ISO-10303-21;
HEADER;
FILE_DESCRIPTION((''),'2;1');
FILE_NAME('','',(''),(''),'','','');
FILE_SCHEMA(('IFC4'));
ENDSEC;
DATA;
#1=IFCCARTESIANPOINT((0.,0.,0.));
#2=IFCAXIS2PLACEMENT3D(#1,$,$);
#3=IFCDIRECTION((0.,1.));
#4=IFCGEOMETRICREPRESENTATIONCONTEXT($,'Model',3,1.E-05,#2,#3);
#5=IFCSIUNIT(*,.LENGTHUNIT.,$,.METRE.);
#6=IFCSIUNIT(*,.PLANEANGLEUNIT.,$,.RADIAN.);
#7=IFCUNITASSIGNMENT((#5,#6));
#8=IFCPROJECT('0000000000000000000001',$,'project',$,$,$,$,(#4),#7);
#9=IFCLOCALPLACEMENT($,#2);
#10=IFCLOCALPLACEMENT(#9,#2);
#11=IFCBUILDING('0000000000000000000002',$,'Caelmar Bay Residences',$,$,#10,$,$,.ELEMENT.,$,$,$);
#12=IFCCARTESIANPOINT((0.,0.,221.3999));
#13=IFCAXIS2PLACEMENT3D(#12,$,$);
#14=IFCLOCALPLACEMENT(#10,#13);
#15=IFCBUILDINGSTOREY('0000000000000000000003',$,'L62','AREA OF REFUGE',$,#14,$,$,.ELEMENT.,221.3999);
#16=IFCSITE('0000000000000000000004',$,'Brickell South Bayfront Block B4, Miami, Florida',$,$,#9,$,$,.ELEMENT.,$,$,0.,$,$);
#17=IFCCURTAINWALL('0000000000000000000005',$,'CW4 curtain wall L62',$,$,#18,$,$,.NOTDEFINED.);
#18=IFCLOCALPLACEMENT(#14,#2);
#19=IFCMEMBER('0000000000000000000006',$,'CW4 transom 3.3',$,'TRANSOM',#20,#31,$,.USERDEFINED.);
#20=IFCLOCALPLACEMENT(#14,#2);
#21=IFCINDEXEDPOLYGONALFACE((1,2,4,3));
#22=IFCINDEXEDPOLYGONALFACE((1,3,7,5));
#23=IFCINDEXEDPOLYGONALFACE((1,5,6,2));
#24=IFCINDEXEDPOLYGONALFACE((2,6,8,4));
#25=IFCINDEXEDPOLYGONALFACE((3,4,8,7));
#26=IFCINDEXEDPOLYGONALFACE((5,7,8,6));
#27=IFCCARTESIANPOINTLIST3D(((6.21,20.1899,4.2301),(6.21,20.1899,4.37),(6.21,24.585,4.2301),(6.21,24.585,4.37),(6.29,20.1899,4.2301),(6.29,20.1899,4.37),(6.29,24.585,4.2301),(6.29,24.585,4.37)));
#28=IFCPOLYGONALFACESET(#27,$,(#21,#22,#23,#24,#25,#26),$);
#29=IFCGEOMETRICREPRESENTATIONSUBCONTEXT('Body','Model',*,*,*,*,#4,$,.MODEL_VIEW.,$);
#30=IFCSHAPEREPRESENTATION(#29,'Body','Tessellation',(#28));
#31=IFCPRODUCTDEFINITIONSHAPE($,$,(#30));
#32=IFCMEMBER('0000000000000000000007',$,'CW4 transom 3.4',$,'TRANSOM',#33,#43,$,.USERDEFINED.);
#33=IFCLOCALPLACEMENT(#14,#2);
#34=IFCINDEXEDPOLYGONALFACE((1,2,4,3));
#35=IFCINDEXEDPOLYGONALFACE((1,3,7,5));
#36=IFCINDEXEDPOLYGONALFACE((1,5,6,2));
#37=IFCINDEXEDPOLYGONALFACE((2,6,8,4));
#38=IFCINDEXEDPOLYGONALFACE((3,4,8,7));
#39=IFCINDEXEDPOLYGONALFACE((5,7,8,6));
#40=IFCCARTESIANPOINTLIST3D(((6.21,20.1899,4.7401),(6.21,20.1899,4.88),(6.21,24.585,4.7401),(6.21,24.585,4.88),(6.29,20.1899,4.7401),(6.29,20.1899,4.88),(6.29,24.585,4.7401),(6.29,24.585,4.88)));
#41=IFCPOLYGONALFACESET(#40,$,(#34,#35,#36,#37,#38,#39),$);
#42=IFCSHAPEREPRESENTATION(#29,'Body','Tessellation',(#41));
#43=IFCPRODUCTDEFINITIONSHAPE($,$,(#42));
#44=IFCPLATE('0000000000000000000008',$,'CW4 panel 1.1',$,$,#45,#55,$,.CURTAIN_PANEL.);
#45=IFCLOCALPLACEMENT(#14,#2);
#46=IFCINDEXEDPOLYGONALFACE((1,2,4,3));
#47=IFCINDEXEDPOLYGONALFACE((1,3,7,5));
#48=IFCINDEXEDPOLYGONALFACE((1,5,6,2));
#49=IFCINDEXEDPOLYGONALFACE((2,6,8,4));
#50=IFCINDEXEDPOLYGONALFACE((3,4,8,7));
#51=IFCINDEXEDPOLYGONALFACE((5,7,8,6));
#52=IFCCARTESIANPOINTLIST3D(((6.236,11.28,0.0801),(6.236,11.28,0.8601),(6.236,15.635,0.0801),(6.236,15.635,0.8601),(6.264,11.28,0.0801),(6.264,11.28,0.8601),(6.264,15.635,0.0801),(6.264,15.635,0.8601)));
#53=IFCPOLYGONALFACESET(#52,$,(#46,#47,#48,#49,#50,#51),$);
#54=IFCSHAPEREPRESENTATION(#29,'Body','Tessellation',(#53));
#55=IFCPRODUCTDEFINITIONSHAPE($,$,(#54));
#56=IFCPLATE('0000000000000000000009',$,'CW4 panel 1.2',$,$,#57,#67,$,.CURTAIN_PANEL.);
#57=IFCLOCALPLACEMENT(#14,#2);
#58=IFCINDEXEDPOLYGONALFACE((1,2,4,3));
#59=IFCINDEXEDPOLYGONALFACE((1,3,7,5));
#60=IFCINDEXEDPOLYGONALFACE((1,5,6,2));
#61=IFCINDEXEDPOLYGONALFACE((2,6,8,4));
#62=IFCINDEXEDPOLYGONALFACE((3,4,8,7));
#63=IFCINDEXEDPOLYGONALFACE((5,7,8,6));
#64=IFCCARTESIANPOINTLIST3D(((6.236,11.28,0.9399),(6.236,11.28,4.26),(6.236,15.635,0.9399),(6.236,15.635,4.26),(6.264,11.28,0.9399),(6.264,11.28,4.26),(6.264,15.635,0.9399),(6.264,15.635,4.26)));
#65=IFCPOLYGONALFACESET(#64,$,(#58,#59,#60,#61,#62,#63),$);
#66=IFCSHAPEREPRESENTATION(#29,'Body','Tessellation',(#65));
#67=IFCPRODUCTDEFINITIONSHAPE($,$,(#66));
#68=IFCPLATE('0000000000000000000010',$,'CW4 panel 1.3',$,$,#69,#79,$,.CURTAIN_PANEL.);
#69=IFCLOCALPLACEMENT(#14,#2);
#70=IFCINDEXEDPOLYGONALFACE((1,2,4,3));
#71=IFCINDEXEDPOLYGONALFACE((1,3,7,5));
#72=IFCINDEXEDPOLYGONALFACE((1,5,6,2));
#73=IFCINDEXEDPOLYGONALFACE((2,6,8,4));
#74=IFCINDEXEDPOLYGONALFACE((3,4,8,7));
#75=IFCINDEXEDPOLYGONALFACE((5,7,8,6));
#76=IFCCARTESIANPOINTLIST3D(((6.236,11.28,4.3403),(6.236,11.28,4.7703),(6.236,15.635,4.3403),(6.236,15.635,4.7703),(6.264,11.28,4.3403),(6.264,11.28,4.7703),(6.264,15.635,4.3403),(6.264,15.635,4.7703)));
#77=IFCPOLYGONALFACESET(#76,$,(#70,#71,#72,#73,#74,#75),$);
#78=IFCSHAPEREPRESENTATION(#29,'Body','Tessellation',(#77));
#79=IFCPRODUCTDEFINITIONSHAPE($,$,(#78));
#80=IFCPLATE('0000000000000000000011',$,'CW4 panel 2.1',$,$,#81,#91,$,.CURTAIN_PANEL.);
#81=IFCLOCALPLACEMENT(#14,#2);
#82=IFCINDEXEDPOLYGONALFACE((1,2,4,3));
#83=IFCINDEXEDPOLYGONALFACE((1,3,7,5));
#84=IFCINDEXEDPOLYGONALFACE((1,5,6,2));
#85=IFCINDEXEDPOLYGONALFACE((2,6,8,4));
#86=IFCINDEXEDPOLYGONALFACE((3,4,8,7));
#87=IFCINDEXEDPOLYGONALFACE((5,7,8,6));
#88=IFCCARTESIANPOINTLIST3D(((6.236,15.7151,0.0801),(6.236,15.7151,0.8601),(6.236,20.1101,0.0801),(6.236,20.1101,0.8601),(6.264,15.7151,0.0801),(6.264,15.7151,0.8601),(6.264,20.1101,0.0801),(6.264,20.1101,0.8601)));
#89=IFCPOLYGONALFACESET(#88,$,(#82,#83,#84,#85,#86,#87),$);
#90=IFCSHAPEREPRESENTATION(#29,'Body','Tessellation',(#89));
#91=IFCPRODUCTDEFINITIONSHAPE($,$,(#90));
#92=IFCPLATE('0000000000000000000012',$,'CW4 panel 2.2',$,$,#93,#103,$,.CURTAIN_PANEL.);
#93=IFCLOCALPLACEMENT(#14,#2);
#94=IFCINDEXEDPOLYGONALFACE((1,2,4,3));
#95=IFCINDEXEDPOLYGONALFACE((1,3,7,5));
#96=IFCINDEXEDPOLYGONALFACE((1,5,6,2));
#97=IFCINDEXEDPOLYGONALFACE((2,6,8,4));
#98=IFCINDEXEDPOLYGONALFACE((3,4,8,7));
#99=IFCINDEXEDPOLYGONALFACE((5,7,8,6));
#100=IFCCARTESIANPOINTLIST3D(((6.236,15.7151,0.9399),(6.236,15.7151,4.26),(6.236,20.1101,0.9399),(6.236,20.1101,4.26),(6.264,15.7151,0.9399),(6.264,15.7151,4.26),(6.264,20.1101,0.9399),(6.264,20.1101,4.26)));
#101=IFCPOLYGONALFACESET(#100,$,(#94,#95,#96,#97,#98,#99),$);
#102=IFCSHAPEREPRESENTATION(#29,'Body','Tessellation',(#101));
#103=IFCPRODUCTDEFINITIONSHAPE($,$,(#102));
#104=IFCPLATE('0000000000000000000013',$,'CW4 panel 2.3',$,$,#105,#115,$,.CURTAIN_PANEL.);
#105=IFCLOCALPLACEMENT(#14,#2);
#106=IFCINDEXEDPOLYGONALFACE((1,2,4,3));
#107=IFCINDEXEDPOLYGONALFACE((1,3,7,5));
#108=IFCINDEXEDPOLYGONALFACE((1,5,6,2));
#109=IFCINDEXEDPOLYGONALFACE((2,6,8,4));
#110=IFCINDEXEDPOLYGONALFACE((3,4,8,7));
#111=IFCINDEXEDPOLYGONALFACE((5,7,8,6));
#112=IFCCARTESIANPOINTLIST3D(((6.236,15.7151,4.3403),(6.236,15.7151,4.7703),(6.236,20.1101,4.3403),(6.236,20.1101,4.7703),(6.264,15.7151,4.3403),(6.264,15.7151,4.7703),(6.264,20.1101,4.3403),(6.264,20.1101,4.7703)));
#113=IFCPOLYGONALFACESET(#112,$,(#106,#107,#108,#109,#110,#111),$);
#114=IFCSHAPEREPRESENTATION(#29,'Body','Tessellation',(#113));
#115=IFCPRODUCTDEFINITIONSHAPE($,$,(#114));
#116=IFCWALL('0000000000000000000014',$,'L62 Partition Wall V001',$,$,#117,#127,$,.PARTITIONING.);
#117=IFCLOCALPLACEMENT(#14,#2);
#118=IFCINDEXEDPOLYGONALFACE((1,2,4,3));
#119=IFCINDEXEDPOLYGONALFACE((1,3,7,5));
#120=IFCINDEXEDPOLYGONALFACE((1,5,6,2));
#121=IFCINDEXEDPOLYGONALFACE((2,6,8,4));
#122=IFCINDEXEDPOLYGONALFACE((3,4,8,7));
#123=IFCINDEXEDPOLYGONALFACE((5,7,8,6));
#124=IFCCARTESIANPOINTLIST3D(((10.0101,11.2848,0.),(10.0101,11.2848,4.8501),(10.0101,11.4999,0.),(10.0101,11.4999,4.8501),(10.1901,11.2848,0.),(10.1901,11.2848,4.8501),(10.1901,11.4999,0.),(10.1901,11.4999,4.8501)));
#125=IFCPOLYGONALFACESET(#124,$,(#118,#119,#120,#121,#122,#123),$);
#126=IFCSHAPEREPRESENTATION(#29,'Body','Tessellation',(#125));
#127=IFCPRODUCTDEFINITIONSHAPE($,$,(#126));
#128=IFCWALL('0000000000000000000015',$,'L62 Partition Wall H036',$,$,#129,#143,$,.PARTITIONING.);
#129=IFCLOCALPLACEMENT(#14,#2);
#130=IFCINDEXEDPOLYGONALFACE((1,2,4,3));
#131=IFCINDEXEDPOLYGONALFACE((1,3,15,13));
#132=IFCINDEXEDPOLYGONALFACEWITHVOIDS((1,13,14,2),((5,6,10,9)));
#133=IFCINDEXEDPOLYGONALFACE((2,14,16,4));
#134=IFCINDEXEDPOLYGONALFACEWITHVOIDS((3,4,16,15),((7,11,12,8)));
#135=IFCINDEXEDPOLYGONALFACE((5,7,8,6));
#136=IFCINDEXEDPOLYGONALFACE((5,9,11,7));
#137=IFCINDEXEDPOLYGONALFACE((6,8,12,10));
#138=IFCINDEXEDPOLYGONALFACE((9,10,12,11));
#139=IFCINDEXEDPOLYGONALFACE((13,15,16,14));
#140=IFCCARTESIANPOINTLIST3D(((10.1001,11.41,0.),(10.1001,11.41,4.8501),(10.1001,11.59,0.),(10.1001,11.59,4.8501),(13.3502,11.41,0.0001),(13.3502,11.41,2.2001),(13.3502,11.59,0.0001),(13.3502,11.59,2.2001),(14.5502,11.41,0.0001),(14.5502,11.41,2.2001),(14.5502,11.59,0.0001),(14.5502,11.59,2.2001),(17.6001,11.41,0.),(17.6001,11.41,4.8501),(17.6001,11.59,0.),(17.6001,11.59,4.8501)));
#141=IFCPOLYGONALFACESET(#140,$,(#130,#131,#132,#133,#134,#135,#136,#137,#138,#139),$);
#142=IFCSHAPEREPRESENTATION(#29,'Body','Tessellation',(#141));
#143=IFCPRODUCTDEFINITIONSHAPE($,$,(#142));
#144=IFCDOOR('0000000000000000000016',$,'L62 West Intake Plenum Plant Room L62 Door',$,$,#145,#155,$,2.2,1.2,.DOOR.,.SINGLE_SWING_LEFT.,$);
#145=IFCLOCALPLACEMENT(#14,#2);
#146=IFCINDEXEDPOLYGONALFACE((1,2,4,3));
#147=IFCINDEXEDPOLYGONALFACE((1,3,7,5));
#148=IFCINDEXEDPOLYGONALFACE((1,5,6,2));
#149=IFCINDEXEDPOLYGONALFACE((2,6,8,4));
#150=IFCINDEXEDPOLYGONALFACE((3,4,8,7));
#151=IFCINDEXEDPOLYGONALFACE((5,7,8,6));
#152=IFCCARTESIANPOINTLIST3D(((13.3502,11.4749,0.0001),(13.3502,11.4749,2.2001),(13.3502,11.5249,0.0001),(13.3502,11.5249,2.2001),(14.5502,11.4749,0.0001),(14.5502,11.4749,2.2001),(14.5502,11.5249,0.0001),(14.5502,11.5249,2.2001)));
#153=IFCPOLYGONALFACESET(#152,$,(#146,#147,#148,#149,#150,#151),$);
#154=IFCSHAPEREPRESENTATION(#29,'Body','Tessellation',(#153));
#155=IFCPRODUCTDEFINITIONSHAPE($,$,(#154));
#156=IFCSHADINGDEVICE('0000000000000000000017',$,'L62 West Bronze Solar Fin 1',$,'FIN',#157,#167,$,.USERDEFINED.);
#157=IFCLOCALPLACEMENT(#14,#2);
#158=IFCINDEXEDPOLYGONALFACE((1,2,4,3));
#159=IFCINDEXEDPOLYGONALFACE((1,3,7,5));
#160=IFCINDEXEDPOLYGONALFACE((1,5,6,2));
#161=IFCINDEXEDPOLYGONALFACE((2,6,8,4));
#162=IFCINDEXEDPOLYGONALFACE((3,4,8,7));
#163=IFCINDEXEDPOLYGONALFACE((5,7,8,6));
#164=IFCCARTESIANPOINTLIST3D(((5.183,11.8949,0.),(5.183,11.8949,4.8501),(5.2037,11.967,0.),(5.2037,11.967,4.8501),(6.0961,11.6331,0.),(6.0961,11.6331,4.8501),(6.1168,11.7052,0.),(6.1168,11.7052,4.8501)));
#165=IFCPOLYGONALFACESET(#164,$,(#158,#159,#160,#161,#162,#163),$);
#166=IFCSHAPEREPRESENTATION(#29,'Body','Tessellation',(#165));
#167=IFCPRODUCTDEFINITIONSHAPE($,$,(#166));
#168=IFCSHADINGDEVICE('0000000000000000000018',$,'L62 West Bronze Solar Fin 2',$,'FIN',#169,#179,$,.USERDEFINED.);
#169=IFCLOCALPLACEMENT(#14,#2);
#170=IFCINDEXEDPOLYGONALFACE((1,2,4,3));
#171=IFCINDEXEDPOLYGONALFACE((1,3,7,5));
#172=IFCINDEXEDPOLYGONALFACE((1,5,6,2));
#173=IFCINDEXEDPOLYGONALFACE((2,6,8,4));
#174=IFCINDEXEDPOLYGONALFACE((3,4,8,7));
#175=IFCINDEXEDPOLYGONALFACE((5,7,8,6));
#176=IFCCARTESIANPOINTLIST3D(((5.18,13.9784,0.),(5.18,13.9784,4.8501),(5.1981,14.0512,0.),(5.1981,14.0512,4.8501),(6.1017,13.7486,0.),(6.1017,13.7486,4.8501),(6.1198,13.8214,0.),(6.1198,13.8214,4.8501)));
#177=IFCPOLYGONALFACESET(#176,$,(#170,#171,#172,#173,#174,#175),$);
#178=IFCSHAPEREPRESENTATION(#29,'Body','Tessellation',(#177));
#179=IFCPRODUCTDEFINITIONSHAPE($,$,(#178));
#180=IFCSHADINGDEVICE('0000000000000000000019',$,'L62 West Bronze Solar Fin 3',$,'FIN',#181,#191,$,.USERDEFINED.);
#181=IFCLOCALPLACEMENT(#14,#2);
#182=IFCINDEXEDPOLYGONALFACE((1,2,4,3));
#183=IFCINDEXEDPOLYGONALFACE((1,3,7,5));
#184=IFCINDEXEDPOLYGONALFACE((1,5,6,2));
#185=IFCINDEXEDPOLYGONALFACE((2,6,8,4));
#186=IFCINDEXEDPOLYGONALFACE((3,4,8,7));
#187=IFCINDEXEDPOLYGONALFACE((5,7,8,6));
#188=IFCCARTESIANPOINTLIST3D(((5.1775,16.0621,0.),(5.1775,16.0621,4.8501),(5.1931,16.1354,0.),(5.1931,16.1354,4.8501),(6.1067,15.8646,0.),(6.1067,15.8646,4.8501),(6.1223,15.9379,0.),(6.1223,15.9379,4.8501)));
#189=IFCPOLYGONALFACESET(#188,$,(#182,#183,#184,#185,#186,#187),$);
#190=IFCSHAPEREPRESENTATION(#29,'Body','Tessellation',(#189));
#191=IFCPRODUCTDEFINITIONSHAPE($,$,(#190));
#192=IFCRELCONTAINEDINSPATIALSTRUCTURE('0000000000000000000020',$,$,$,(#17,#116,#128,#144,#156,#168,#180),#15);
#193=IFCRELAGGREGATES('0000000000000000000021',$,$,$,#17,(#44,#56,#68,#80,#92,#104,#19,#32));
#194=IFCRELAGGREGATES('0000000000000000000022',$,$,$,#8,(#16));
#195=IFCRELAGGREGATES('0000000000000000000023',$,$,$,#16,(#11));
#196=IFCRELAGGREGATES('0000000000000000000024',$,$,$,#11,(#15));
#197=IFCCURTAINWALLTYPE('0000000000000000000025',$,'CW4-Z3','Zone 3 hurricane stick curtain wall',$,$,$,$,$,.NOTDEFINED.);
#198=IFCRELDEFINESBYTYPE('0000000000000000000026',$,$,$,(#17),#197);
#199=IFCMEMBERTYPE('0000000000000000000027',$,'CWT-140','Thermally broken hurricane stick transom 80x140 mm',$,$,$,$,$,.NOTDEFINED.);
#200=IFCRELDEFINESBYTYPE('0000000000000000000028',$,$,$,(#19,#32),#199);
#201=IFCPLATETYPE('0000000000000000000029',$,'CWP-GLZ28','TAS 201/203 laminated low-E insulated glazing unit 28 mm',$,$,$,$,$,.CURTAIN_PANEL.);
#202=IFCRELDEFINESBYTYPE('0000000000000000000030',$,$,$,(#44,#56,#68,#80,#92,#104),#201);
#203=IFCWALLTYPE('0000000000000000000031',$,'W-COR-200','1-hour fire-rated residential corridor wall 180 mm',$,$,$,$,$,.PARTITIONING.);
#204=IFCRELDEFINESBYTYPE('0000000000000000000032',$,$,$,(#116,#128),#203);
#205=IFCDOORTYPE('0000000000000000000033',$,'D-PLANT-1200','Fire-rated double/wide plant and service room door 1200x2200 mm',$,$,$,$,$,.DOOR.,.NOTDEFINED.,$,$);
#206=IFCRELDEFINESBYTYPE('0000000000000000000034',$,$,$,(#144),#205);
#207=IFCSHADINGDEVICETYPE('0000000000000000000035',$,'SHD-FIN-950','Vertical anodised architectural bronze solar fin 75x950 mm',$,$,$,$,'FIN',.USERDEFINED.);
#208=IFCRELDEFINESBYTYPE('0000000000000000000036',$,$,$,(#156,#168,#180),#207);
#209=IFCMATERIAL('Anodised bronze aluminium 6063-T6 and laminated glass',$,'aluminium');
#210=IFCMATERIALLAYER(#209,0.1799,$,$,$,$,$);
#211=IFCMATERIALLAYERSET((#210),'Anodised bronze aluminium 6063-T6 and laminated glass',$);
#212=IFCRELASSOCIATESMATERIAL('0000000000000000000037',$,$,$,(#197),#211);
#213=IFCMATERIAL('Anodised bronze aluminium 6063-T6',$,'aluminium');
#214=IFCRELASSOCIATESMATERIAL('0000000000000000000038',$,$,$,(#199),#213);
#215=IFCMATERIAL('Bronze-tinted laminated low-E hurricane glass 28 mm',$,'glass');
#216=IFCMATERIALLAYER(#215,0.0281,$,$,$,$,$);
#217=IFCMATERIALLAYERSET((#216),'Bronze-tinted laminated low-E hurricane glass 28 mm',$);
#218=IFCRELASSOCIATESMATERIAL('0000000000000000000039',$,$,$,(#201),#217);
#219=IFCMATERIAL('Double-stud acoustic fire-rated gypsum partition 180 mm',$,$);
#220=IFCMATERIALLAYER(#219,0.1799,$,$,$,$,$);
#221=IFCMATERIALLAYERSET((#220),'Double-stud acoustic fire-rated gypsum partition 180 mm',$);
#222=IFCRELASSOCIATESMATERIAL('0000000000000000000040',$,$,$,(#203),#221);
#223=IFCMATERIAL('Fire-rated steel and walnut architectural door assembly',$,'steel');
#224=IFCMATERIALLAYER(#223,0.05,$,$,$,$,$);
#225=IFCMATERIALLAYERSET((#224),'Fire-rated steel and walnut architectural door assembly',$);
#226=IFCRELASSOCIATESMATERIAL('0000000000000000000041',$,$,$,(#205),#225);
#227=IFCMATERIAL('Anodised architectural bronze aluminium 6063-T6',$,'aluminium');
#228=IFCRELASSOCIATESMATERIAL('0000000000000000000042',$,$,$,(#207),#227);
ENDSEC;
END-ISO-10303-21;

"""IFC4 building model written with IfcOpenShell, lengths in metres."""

from ifc_helpers import new_model, si_unit, direction, frame, frame_2d, origin, origin_2d, place, context, subcontext, project, spatial, rectangle, extrude, material, layer, layer_set, material_profile, profile_set, type_object, element, fill, aggregate, save


model = new_model("IFC4")

# Units and contexts
model_context = context("Model", 3, precision=1e-05, world=origin(), true_north=direction((0.0, 1.0)))
body_context = subcontext(model_context, "Body", "Model", "MODEL_VIEW")
ifc_project = project(units=[si_unit("LENGTHUNIT", "METRE"), si_unit("PLANEANGLEUNIT", "RADIAN")], contexts=[model_context])

# Site, building, storey
site_placement = place(None, origin())
site = spatial("IfcSite", under=ifc_project, at=site_placement, Name="Brickell South Bayfront Block B4, Miami, Florida", CompositionType="ELEMENT", RefElevation=0.0)
building_placement = place(site_placement, origin())
building = spatial("IfcBuilding", under=site, at=building_placement, Name="Caelmar Bay Residences", CompositionType="ELEMENT")
storey_placement = place(building_placement, frame((0.0, 0.0, 221.3999)))
storey = spatial("IfcBuildingStorey", under=building, at=storey_placement, Name="L62", Description="AREA OF REFUGE", CompositionType="ELEMENT", Elevation=221.3999)

# Curtain wall, members, plates
ifc_material_1 = material(Name="Anodised bronze aluminium 6063-T6 and laminated glass", Category="aluminium")
ifc_layer_1 = layer(ifc_material_1, 0.1799)
ifc_layer_set_1 = layer_set([ifc_layer_1], Name="Anodised bronze aluminium 6063-T6 and laminated glass")
curtain_wall_type = type_object("IfcCurtainWallType", Name="CW4-Z3", Description="Zone 3 hurricane stick curtain wall", PredefinedType="NOTDEFINED", material=ifc_layer_set_1)
curtain_wall_placement = place(storey_placement, origin())
curtain_wall = element("IfcCurtainWall", 1, at=curtain_wall_placement, inside=storey, type_object=curtain_wall_type, Name="CW4 curtain wall L62", PredefinedType="NOTDEFINED")
ifc_material_2 = material(Name="Anodised bronze aluminium 6063-T6", Category="aluminium")
ifc_material_profile_1 = material_profile(ifc_material_2, rectangle(XDim=0.0801, YDim=0.1399, at=origin_2d()), Name="CWT-80X140")
ifc_profile_set_1 = profile_set([ifc_material_profile_1], Name="Anodised bronze aluminium 6063-T6")
member_type_1 = type_object("IfcMemberType", Name="CWT-140", Description="Thermally broken hurricane stick transom 80x140 mm", PredefinedType="NOTDEFINED", material=ifc_profile_set_1)
member_1_placement = place(storey_placement, frame((6.25, 20.1899, 4.3), z_axis=(0.0, 1.0, 0.0), x_axis=(-1.0, 0.0, 0.0)))
member_1 = element("IfcMember", 2, at=member_1_placement, type_object=member_type_1, Name="CW4 transom 3.3", ObjectType="TRANSOM", PredefinedType="USERDEFINED", context=body_context, shape_type="SweptSolid", body=[
    extrude(rectangle(XDim=0.0801, YDim=0.1399, at=origin_2d()), origin(), (0.0, 0.0, 1.0), 4.395),
])
member_2_placement = place(storey_placement, frame((6.25, 20.1899, 4.8101), z_axis=(0.0, 1.0, 0.0), x_axis=(-1.0, 0.0, 0.0)))
member_2 = element("IfcMember", 3, at=member_2_placement, type_object=member_type_1, Name="CW4 transom 3.4", ObjectType="TRANSOM", PredefinedType="USERDEFINED", context=body_context, shape_type="SweptSolid", body=[
    extrude(rectangle(XDim=0.0801, YDim=0.1399, at=origin_2d()), origin(), (0.0, 0.0, 1.0), 4.395),
])
ifc_material_3 = material(Name="Bronze-tinted laminated low-E hurricane glass 28 mm", Category="glass")
ifc_layer_2 = layer(ifc_material_3, 0.0281)
ifc_layer_set_2 = layer_set([ifc_layer_2], Name="Bronze-tinted laminated low-E hurricane glass 28 mm")
plate_type = type_object("IfcPlateType", Name="CWP-GLZ28", Description="TAS 201/203 laminated low-E insulated glazing unit 28 mm", PredefinedType="CURTAIN_PANEL", material=ifc_layer_set_2)
plate_1_placement = place(storey_placement, frame((6.25, 13.4575, 0.0801), z_axis=(0.0, 0.0, 1.0), x_axis=(0.0, 1.0, 0.0)))
plate_1 = element("IfcPlate", 4, at=plate_1_placement, type_object=plate_type, Name="CW4 panel 1.1", PredefinedType="CURTAIN_PANEL", context=body_context, shape_type="SweptSolid", body=[
    extrude(rectangle(XDim=4.355, YDim=0.0281, at=origin_2d()), origin(), (0.0, 0.0, 1.0), 0.78),
])
plate_2_placement = place(storey_placement, frame((6.25, 13.4575, 0.9399), z_axis=(0.0, 0.0, 1.0), x_axis=(0.0, 1.0, 0.0)))
plate_2 = element("IfcPlate", 5, at=plate_2_placement, type_object=plate_type, Name="CW4 panel 1.2", PredefinedType="CURTAIN_PANEL", context=body_context, shape_type="SweptSolid", body=[
    extrude(rectangle(XDim=4.355, YDim=0.0281, at=origin_2d()), origin(), (0.0, 0.0, 1.0), 3.3201),
])
plate_3_placement = place(storey_placement, frame((6.25, 13.4575, 4.3403), z_axis=(0.0, 0.0, 1.0), x_axis=(0.0, 1.0, 0.0)))
plate_3 = element("IfcPlate", 6, at=plate_3_placement, type_object=plate_type, Name="CW4 panel 1.3", PredefinedType="CURTAIN_PANEL", context=body_context, shape_type="SweptSolid", body=[
    extrude(rectangle(XDim=4.355, YDim=0.0281, at=origin_2d()), origin(), (0.0, 0.0, 1.0), 0.4299),
])
plate_4_placement = place(storey_placement, frame((6.25, 17.9126, 0.0801), z_axis=(0.0, 0.0, 1.0), x_axis=(0.0, 1.0, 0.0)))
plate_4 = element("IfcPlate", 7, at=plate_4_placement, type_object=plate_type, Name="CW4 panel 2.1", PredefinedType="CURTAIN_PANEL", context=body_context, shape_type="SweptSolid", body=[
    extrude(rectangle(XDim=4.395, YDim=0.0281, at=origin_2d()), origin(), (0.0, 0.0, 1.0), 0.78),
])
plate_5_placement = place(storey_placement, frame((6.25, 17.9126, 0.9399), z_axis=(0.0, 0.0, 1.0), x_axis=(0.0, 1.0, 0.0)))
plate_5 = element("IfcPlate", 8, at=plate_5_placement, type_object=plate_type, Name="CW4 panel 2.2", PredefinedType="CURTAIN_PANEL", context=body_context, shape_type="SweptSolid", body=[
    extrude(rectangle(XDim=4.395, YDim=0.0281, at=origin_2d()), origin(), (0.0, 0.0, 1.0), 3.3201),
])
plate_6_placement = place(storey_placement, frame((6.25, 17.9126, 4.3403), z_axis=(0.0, 0.0, 1.0), x_axis=(0.0, 1.0, 0.0)))
plate_6 = element("IfcPlate", 9, at=plate_6_placement, type_object=plate_type, Name="CW4 panel 2.3", PredefinedType="CURTAIN_PANEL", context=body_context, shape_type="SweptSolid", body=[
    extrude(rectangle(XDim=4.395, YDim=0.0281, at=origin_2d()), origin(), (0.0, 0.0, 1.0), 0.4299),
])
aggregate(curtain_wall, [plate_1, plate_2, plate_3, plate_4, plate_5, plate_6, member_1, member_2])

# Wall
ifc_material_4 = material(Name="Double-stud acoustic fire-rated gypsum partition 180 mm")
ifc_layer_3 = layer(ifc_material_4, 0.1799)
ifc_layer_set_3 = layer_set([ifc_layer_3], Name="Double-stud acoustic fire-rated gypsum partition 180 mm")
wall_type = type_object("IfcWallType", Name="W-COR-200", Description="1-hour fire-rated residential corridor wall 180 mm", PredefinedType="PARTITIONING", material=ifc_layer_set_3)
wall_1_placement = place(storey_placement, frame((10.1001, 11.2849, 0.0), z_axis=(0.0, 0.0, 1.0), x_axis=(0.0, 1.0, 0.0)))
element("IfcWall", 10, at=wall_1_placement, inside=storey, type_object=wall_type, Name="L62 Partition Wall V001", PredefinedType="PARTITIONING", context=body_context, shape_type="SweptSolid", body=[
    extrude(rectangle(XDim=0.2151, YDim=0.1799, at=frame_2d((0.1074, 0.0))), origin(), (0.0, 0.0, 1.0), 4.8501),
])

# Wall, opening, door
wall_2_placement = place(storey_placement, frame((10.1001, 11.5, 0.0), z_axis=(0.0, 0.0, 1.0), x_axis=(1.0, 0.0, 0.0)))
wall_2 = element("IfcWall", 11, at=wall_2_placement, inside=storey, type_object=wall_type, Name="L62 Partition Wall H036", PredefinedType="PARTITIONING", context=body_context, shape_type="SweptSolid", body=[
    extrude(rectangle(XDim=7.5, YDim=0.1799, at=frame_2d((3.75, 0.0))), origin(), (0.0, 0.0, 1.0), 4.8501),
])
opening_placement = place(wall_2_placement, frame((3.25, 0.0, 0.0)))
opening = element("IfcOpeningElement", 12, at=opening_placement, cuts=wall_2, PredefinedType="OPENING", context=body_context, shape_type="SweptSolid", body=[
    extrude(rectangle(XDim=1.2, YDim=2.2, at=frame_2d((0.6001, 1.1001))), frame((0.0, 0.0999, 0.0), z_axis=(0.0, -1.0, 0.0), x_axis=(1.0, 0.0, 0.0)), (0.0, 0.0, 1.0), 0.2),
])
ifc_material_5 = material(Name="Fire-rated steel and walnut architectural door assembly", Category="steel")
ifc_layer_4 = layer(ifc_material_5, 0.05)
ifc_layer_set_4 = layer_set([ifc_layer_4], Name="Fire-rated steel and walnut architectural door assembly")
door_type = type_object("IfcDoorType", Name="D-PLANT-1200", Description="Fire-rated double/wide plant and service room door 1200x2200 mm", OperationType="NOTDEFINED", PredefinedType="DOOR", material=ifc_layer_set_4)
door_placement = place(opening_placement, origin())
door = element("IfcDoor", 13, at=door_placement, inside=storey, type_object=door_type, Name="L62 West Intake Plenum Plant Room L62 Door", OperationType="SINGLE_SWING_LEFT", OverallHeight=2.2, OverallWidth=1.2, PredefinedType="DOOR", context=body_context, shape_type="SweptSolid", body=[
    extrude(rectangle(XDim=1.2, YDim=2.2, at=frame_2d((0.6001, 1.1001))), frame((0.0, 0.0249, 0.0), z_axis=(0.0, -1.0, 0.0), x_axis=(1.0, 0.0, 0.0)), (0.0, 0.0, 1.0), 0.05),
])
fill(opening, door)

# Shading devices
ifc_material_6 = material(Name="Anodised architectural bronze aluminium 6063-T6", Category="aluminium")
ifc_material_profile_2 = material_profile(ifc_material_6, rectangle(XDim=0.075, YDim=0.95, at=origin_2d()), Name="BRONZE-FIN-75X950")
ifc_profile_set_2 = profile_set([ifc_material_profile_2], Name="Anodised architectural bronze aluminium 6063-T6")
shading_device_type = type_object("IfcShadingDeviceType", Name="SHD-FIN-950", Description="Vertical anodised architectural bronze solar fin 75x950 mm", ElementType="FIN", PredefinedType="USERDEFINED", material=ifc_profile_set_2)
for number, where, z_axis, x_axis, name in (
    (14, (5.6499, 11.8, 0.0), (0.0, 0.0, 1.0), (0.275637, 0.961262, 0.0), "L62 West Bronze Solar Fin 1"),
    (15, (5.6499, 13.8999, 0.0), (0.0, 0.0, 1.0), (0.241922, 0.970296, 0.0), "L62 West Bronze Solar Fin 2"),
    (16, (5.6499, 16.0, 0.0), (0.0, 0.0, 1.0), (0.207912, 0.978148, 0.0), "L62 West Bronze Solar Fin 3"),
):
    element("IfcShadingDevice", number, at=place(storey_placement, frame(where, z_axis=z_axis, x_axis=x_axis)), inside=storey, type_object=shading_device_type, Name=name, ObjectType="FIN", PredefinedType="USERDEFINED", context=body_context, shape_type="SweptSolid", body=[
        extrude(rectangle(XDim=0.075, YDim=0.95, at=origin_2d()), origin(), (0.0, 0.0, 1.0), 4.8501),
    ])

save(model, "model.ifc")
